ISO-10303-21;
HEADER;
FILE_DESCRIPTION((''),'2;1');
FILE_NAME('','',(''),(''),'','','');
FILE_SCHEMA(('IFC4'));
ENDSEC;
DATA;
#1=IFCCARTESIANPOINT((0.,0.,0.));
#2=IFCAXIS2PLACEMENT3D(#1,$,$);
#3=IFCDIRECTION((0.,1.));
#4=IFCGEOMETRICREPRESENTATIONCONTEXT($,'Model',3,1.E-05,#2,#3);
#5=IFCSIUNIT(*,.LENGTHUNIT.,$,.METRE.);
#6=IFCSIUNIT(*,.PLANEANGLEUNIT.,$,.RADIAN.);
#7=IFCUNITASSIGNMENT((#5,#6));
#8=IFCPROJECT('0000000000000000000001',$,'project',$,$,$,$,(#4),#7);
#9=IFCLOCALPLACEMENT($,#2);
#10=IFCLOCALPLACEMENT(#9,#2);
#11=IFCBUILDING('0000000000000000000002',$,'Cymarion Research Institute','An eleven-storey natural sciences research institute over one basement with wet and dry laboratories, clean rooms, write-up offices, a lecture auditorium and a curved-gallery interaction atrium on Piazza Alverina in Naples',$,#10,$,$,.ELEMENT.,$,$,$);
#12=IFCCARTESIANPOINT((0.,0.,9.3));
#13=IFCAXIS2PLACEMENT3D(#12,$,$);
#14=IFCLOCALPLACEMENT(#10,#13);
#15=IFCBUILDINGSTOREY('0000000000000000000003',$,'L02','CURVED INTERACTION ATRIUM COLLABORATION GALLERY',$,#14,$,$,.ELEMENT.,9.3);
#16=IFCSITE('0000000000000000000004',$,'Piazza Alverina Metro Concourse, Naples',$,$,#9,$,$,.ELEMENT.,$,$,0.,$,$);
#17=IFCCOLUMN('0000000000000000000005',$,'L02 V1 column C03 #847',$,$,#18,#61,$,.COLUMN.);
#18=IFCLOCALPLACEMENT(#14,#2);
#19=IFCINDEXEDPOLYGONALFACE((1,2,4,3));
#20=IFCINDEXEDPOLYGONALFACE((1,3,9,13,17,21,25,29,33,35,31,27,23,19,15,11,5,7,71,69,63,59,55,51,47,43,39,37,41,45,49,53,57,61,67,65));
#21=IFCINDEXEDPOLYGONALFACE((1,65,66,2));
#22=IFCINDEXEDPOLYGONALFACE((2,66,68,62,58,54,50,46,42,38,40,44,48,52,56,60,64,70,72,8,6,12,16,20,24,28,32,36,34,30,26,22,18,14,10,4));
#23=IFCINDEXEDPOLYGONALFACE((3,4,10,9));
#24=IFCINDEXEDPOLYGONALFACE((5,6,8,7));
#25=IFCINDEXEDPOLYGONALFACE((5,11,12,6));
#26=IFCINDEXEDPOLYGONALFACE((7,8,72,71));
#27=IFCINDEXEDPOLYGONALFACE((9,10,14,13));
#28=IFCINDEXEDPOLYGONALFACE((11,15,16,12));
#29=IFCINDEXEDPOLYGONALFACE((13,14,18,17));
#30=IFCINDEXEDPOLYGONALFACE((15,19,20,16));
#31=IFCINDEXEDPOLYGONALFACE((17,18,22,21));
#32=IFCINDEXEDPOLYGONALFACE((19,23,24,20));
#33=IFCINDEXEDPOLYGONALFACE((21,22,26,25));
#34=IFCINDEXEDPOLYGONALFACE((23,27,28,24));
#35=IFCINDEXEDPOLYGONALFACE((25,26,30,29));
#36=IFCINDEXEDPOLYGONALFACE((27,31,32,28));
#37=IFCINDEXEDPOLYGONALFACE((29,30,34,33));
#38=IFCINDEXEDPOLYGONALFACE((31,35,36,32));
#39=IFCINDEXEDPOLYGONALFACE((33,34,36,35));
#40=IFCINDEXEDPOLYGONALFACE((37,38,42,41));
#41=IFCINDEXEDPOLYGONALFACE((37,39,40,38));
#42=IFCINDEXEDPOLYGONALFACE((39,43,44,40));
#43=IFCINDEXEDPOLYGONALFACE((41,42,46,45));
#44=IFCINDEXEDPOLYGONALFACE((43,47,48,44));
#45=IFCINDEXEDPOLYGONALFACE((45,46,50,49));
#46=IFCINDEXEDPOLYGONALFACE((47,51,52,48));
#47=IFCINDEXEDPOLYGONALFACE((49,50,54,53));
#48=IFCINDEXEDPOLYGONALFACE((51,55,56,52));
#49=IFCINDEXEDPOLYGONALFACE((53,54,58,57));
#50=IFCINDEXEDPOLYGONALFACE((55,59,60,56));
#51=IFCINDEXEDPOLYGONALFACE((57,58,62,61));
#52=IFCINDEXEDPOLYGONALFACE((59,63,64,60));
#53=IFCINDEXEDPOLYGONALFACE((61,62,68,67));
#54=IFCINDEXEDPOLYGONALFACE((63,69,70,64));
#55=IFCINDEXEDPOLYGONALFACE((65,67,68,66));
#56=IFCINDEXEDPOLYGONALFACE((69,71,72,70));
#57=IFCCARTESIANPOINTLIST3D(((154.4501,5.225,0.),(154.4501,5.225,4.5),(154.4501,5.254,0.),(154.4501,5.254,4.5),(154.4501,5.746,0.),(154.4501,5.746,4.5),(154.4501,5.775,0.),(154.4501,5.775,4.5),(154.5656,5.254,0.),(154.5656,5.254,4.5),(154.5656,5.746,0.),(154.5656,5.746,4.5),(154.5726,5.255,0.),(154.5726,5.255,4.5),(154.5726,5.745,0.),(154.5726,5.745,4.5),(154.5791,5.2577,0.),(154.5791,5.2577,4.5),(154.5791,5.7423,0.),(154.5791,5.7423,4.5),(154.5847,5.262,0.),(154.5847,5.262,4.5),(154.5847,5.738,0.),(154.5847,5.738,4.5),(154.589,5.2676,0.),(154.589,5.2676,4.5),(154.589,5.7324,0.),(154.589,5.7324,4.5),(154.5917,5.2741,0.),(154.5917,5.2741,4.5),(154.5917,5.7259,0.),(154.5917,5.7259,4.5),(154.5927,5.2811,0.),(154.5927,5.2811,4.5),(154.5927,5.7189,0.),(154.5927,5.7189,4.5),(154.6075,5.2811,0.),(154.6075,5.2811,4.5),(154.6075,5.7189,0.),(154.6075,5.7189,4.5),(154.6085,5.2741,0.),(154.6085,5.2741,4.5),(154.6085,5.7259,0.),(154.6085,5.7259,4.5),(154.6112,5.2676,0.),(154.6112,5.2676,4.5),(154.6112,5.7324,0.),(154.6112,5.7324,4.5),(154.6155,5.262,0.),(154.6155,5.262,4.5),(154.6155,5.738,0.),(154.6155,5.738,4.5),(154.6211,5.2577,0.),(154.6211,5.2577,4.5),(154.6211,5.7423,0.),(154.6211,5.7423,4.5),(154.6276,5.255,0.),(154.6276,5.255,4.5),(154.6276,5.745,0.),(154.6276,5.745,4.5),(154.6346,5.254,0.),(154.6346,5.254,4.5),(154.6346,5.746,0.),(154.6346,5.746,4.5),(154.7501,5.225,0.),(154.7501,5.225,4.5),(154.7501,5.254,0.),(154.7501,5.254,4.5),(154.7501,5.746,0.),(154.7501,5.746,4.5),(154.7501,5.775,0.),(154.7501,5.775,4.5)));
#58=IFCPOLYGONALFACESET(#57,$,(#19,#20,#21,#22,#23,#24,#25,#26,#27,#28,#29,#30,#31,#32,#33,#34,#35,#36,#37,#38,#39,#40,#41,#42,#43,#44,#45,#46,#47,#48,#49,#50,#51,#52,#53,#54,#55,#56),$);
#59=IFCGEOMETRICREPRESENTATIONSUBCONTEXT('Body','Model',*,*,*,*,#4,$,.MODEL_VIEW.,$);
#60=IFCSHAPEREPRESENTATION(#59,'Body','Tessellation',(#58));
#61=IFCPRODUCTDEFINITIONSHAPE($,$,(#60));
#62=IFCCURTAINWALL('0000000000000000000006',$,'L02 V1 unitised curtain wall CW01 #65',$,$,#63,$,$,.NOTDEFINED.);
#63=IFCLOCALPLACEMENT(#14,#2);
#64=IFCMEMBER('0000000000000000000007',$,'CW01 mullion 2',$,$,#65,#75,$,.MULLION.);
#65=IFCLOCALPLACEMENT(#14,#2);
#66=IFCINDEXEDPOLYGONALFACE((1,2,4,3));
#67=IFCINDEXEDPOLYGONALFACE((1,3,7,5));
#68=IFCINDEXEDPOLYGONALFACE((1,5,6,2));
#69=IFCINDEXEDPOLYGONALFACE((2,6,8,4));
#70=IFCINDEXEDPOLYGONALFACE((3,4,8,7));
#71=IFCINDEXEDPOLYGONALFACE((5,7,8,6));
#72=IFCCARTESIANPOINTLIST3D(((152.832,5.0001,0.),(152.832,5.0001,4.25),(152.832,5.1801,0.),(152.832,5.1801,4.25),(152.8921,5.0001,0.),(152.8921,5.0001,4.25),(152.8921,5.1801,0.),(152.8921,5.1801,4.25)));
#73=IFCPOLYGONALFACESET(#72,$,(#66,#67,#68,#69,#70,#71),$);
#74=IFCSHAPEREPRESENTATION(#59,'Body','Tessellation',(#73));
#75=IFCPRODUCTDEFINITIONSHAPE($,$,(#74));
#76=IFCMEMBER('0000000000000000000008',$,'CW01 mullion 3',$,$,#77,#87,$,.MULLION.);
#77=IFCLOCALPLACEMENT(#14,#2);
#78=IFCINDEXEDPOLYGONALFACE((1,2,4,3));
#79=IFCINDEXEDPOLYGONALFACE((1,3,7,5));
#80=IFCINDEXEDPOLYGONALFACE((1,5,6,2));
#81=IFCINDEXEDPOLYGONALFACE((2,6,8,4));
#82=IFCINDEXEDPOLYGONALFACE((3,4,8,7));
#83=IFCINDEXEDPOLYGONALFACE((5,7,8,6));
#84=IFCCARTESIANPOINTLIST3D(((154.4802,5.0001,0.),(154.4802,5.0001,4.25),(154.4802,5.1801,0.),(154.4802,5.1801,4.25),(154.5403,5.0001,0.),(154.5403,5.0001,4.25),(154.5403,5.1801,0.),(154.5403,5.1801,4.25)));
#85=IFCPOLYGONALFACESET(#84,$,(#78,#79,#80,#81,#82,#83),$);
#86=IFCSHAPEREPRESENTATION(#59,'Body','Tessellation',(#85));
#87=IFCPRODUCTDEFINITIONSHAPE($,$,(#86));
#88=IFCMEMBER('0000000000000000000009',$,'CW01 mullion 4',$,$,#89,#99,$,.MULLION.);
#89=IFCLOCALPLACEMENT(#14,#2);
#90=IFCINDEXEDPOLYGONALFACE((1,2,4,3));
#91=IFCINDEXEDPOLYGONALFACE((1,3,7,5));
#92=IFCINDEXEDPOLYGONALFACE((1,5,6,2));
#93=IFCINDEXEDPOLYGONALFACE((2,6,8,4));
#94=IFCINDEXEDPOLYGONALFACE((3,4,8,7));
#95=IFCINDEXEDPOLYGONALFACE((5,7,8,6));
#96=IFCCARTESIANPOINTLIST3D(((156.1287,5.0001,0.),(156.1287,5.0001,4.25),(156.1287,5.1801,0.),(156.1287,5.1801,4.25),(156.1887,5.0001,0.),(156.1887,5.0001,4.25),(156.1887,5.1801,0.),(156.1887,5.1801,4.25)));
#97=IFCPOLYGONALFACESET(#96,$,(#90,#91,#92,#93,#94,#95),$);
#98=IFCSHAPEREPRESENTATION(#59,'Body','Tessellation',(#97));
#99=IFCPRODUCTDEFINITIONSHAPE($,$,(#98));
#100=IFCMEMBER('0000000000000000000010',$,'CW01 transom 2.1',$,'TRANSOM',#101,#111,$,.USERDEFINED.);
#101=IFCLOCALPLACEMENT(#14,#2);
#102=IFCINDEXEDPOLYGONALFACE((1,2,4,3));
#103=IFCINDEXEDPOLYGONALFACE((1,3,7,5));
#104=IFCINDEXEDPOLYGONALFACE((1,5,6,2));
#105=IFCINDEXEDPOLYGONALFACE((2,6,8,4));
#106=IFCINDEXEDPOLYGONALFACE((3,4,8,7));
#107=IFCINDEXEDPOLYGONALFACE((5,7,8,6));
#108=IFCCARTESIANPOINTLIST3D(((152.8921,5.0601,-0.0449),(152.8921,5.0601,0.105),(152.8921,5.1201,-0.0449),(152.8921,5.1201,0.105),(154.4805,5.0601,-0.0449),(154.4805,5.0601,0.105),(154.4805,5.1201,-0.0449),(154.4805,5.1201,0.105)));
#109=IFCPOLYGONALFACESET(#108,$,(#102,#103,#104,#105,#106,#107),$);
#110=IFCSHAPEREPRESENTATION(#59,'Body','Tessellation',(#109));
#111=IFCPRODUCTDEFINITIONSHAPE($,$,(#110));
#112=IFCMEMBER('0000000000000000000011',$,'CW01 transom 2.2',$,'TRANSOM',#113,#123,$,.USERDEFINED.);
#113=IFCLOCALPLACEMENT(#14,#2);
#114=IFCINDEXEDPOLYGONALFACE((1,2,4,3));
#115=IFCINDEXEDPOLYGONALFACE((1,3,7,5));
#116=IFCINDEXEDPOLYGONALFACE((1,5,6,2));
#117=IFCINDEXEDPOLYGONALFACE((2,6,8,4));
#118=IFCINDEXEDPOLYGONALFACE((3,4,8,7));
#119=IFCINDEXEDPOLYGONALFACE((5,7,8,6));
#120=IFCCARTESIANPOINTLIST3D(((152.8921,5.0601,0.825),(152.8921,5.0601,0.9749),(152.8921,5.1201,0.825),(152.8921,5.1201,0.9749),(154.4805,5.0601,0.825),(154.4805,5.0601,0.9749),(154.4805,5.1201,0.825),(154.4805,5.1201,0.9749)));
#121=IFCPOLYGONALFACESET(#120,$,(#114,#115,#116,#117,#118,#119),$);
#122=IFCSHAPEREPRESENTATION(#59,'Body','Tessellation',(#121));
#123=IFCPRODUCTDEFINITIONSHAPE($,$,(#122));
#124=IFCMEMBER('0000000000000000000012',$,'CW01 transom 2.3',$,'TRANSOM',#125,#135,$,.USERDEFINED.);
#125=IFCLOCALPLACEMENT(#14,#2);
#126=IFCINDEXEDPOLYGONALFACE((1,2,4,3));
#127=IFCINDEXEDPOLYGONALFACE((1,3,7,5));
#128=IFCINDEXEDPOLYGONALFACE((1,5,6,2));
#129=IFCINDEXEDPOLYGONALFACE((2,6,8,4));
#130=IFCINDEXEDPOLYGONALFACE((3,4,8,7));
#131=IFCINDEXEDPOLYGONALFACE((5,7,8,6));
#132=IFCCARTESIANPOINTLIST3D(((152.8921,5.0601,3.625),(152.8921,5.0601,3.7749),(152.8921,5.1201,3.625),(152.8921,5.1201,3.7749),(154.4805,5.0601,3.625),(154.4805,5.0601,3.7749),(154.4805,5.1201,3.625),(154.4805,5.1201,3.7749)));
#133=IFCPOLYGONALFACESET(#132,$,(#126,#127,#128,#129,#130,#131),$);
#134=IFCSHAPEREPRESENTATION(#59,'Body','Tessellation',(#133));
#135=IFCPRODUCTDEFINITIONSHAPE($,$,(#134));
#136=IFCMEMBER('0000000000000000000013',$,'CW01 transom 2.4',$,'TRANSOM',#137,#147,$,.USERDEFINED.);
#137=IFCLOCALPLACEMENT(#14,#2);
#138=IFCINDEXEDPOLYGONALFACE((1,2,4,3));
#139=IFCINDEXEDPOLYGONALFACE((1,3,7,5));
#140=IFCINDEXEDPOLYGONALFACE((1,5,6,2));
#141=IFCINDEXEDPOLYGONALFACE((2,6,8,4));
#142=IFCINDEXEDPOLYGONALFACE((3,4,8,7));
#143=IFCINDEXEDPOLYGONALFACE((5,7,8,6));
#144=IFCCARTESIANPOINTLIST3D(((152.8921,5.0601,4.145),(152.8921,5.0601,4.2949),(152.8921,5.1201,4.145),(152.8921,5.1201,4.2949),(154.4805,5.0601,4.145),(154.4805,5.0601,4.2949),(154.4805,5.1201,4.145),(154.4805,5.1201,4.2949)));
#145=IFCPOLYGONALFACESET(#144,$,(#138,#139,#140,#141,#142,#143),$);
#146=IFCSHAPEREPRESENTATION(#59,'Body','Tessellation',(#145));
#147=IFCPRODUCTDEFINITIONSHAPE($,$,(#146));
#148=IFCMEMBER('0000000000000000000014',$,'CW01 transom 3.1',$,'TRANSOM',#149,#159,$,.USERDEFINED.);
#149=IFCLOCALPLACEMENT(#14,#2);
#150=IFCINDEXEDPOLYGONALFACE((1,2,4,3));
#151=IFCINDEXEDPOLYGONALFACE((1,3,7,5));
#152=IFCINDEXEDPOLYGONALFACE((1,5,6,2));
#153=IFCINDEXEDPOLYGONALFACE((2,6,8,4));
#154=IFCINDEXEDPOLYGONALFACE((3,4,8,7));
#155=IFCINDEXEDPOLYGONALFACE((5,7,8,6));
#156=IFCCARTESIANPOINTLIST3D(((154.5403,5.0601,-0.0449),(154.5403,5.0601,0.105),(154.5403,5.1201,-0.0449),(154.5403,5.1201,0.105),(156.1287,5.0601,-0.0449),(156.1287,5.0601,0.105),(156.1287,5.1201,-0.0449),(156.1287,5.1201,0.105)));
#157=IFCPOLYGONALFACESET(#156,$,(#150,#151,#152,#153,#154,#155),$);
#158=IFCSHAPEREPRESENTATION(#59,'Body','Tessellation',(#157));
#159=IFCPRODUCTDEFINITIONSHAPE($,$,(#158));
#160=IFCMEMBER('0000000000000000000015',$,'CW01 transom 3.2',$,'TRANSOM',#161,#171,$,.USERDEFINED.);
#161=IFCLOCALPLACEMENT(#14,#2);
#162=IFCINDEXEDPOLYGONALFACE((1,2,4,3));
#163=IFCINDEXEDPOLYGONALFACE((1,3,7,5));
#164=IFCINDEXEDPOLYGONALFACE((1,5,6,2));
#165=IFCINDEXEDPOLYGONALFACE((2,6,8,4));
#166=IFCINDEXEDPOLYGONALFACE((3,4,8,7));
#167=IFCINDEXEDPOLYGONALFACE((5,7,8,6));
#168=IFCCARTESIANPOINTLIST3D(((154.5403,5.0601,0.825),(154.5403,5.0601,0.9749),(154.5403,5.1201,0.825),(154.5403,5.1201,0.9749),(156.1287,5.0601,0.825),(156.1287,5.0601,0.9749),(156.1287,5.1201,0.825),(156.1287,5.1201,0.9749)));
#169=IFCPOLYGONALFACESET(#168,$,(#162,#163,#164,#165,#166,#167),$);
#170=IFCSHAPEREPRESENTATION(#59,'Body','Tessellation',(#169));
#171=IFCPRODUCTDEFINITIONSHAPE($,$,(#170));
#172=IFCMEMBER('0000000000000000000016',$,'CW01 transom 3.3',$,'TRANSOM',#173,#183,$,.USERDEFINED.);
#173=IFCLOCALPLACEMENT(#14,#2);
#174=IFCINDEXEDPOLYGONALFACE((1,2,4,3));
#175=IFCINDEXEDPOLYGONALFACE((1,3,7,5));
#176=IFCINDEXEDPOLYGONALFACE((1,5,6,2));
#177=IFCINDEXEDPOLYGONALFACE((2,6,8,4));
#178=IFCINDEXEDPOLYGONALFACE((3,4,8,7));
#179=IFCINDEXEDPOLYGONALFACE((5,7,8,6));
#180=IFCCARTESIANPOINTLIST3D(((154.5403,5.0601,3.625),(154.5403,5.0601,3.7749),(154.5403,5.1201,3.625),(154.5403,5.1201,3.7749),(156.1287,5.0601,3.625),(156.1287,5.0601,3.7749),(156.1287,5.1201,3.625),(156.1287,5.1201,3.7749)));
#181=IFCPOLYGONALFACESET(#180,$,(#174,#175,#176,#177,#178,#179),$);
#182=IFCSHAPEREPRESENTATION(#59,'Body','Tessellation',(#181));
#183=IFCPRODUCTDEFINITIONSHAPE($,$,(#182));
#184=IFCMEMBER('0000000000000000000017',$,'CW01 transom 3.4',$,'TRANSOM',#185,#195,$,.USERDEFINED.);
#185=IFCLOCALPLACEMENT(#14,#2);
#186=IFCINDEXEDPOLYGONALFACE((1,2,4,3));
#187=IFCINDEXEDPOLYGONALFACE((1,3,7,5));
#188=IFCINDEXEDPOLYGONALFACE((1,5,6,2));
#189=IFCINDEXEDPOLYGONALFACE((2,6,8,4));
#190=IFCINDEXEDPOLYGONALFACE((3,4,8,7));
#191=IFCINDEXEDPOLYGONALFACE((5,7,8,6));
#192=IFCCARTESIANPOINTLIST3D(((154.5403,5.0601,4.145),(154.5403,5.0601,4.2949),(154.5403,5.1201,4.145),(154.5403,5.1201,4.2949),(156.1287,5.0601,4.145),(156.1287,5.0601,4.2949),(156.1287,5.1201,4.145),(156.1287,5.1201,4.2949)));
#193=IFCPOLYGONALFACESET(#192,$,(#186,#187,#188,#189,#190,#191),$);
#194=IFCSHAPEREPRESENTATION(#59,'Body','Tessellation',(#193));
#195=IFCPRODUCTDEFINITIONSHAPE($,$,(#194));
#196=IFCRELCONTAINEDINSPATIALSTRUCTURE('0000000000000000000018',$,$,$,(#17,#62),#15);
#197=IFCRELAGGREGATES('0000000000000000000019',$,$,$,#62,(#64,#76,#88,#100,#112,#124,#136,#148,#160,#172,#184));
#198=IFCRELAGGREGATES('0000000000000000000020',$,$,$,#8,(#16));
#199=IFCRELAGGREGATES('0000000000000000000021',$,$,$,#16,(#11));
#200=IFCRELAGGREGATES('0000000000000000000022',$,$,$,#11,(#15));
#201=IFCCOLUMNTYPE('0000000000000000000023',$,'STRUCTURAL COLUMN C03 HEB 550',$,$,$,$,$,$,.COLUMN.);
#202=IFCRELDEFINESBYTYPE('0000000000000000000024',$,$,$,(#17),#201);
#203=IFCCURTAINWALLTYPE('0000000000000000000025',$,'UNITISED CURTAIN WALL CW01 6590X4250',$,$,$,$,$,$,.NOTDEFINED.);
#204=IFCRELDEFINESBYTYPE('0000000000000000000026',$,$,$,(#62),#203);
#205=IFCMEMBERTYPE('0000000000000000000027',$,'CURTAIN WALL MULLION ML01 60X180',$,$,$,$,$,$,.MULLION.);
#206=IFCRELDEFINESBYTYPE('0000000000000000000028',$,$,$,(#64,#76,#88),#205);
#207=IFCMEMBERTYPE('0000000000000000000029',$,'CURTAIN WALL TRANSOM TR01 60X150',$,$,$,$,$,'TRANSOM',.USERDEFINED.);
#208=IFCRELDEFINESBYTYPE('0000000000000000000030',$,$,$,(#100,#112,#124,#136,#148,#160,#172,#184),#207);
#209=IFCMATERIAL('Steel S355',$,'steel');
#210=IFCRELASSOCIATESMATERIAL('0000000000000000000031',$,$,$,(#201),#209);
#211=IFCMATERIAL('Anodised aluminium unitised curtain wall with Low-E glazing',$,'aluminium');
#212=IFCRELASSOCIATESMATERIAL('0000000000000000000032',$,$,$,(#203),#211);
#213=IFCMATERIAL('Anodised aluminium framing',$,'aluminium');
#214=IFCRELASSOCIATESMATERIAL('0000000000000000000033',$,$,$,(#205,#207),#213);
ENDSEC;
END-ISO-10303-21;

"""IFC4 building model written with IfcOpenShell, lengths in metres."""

from ifc_helpers import new_model, si_unit, direction, frame, origin, origin_2d, place, context, subcontext, project, spatial, rectangle, i_section, extrude, material, material_profile, profile_set, type_object, element, aggregate, save


model = new_model("IFC4")

# Units and contexts
model_context = context("Model", 3, precision=1e-05, world=origin(), true_north=direction((0.0, 1.0)))
body_context = subcontext(model_context, "Body", "Model", "MODEL_VIEW")
ifc_project = project(units=[si_unit("LENGTHUNIT", "METRE"), si_unit("PLANEANGLEUNIT", "RADIAN")], contexts=[model_context])

# Site, building, storey
site_placement = place(None, origin())
site = spatial("IfcSite", under=ifc_project, at=site_placement, Name="Piazza Alverina Metro Concourse, Naples", CompositionType="ELEMENT", RefElevation=0.0)
building_placement = place(site_placement, origin())
building = spatial("IfcBuilding", under=site, at=building_placement, Name="Cymarion Research Institute", Description="An eleven-storey natural sciences research institute over one basement with wet and dry laboratories, clean rooms, write-up offices, a lecture auditorium and a curved-gallery interaction atrium on Piazza Alverina in Naples", CompositionType="ELEMENT")
storey_placement = place(building_placement, frame((0.0, 0.0, 9.3)))
storey = spatial("IfcBuildingStorey", under=building, at=storey_placement, Name="L02", Description="CURVED INTERACTION ATRIUM COLLABORATION GALLERY", CompositionType="ELEMENT", Elevation=9.3)

# Column
ifc_material_1 = material(Name="Steel S355", Category="steel")
ifc_material_profile_1 = material_profile(ifc_material_1, i_section(OverallWidth=0.3, OverallDepth=0.55, WebThickness=0.0149, FlangeThickness=0.0291, FilletRadius=0.0271, at=origin_2d()), Name="HEB 550")
ifc_profile_set_1 = profile_set([ifc_material_profile_1], Name="Steel S355")
column_type = type_object("IfcColumnType", Name="STRUCTURAL COLUMN C03 HEB 550", PredefinedType="COLUMN", material=ifc_profile_set_1)
column_placement = place(storey_placement, frame((154.6001, 5.5, 0.0), z_axis=(0.0, 0.0, 1.0), x_axis=(1.0, 0.0, 0.0)))
element("IfcColumn", 1, at=column_placement, inside=storey, type_object=column_type, Name="L02 V1 column C03 #847", PredefinedType="COLUMN", context=body_context, shape_type="SweptSolid", body=[
    extrude(i_section(OverallWidth=0.3, OverallDepth=0.55, WebThickness=0.0149, FlangeThickness=0.0291, FilletRadius=0.0271, at=origin_2d()), origin(), (0.0, 0.0, 1.0), 4.5),
])

# Curtain wall, members
ifc_material_2 = material(Name="Anodised aluminium unitised curtain wall with Low-E glazing", Category="aluminium")
curtain_wall_type = type_object("IfcCurtainWallType", Name="UNITISED CURTAIN WALL CW01 6590X4250", PredefinedType="NOTDEFINED", material=ifc_material_2)
curtain_wall_placement = place(storey_placement, origin())
curtain_wall = element("IfcCurtainWall", 2, at=curtain_wall_placement, inside=storey, type_object=curtain_wall_type, Name="L02 V1 unitised curtain wall CW01 #65", PredefinedType="NOTDEFINED")
ifc_material_3 = material(Name="Anodised aluminium framing", Category="aluminium")
ifc_material_profile_2 = material_profile(ifc_material_3, rectangle(XDim=0.0601, YDim=0.1799, at=origin_2d()), Name="ALU MULLION 60x180")
ifc_profile_set_2 = profile_set([ifc_material_profile_2], Name="Anodised aluminium framing")
member_type_1 = type_object("IfcMemberType", Name="CURTAIN WALL MULLION ML01 60X180", PredefinedType="MULLION", material=ifc_profile_set_2)
member_1_placement = place(storey_placement, frame((152.8621, 5.0901, 0.0), z_axis=(0.0, 0.0, 1.0), x_axis=(1.0, 0.0, 0.0)))
member_1 = element("IfcMember", 3, at=member_1_placement, type_object=member_type_1, Name="CW01 mullion 2", PredefinedType="MULLION", context=body_context, shape_type="SweptSolid", body=[
    extrude(rectangle(XDim=0.0601, YDim=0.1799, at=origin_2d()), origin(), (0.0, 0.0, 1.0), 4.25),
])
member_2_placement = place(storey_placement, frame((154.5103, 5.0901, 0.0), z_axis=(0.0, 0.0, 1.0), x_axis=(1.0, 0.0, 0.0)))
member_2 = element("IfcMember", 4, at=member_2_placement, type_object=member_type_1, Name="CW01 mullion 3", PredefinedType="MULLION", context=body_context, shape_type="SweptSolid", body=[
    extrude(rectangle(XDim=0.0601, YDim=0.1799, at=origin_2d()), origin(), (0.0, 0.0, 1.0), 4.25),
])
member_3_placement = place(storey_placement, frame((156.1587, 5.0901, 0.0), z_axis=(0.0, 0.0, 1.0), x_axis=(1.0, 0.0, 0.0)))
member_3 = element("IfcMember", 5, at=member_3_placement, type_object=member_type_1, Name="CW01 mullion 4", PredefinedType="MULLION", context=body_context, shape_type="SweptSolid", body=[
    extrude(rectangle(XDim=0.0601, YDim=0.1799, at=origin_2d()), origin(), (0.0, 0.0, 1.0), 4.25),
])
ifc_material_profile_3 = material_profile(ifc_material_3, rectangle(XDim=0.0601, YDim=0.1499, at=origin_2d()), Name="ALU TRANSOM 60x150")
ifc_profile_set_3 = profile_set([ifc_material_profile_3], Name="Anodised aluminium framing")
member_type_2 = type_object("IfcMemberType", Name="CURTAIN WALL TRANSOM TR01 60X150", ElementType="TRANSOM", PredefinedType="USERDEFINED", material=ifc_profile_set_3)
member_4_placement = place(storey_placement, frame((152.8921, 5.0901, 0.03), z_axis=(1.0, 0.0, 0.0), x_axis=(0.0, 1.0, 0.0)))
member_4 = element("IfcMember", 6, at=member_4_placement, type_object=member_type_2, Name="CW01 transom 2.1", ObjectType="TRANSOM", PredefinedType="USERDEFINED", context=body_context, shape_type="SweptSolid", body=[
    extrude(rectangle(XDim=0.0601, YDim=0.1499, at=origin_2d()), origin(), (0.0, 0.0, 1.0), 1.5884),
])
member_5_placement = place(storey_placement, frame((152.8921, 5.0901, 0.8999), z_axis=(1.0, 0.0, 0.0), x_axis=(0.0, 1.0, 0.0)))
member_5 = element("IfcMember", 7, at=member_5_placement, type_object=member_type_2, Name="CW01 transom 2.2", ObjectType="TRANSOM", PredefinedType="USERDEFINED", context=body_context, shape_type="SweptSolid", body=[
    extrude(rectangle(XDim=0.0601, YDim=0.1499, at=origin_2d()), origin(), (0.0, 0.0, 1.0), 1.5884),
])
member_6_placement = place(storey_placement, frame((152.8921, 5.0901, 3.7), z_axis=(1.0, 0.0, 0.0), x_axis=(0.0, 1.0, 0.0)))
member_6 = element("IfcMember", 8, at=member_6_placement, type_object=member_type_2, Name="CW01 transom 2.3", ObjectType="TRANSOM", PredefinedType="USERDEFINED", context=body_context, shape_type="SweptSolid", body=[
    extrude(rectangle(XDim=0.0601, YDim=0.1499, at=origin_2d()), origin(), (0.0, 0.0, 1.0), 1.5884),
])
member_7_placement = place(storey_placement, frame((152.8921, 5.0901, 4.22), z_axis=(1.0, 0.0, 0.0), x_axis=(0.0, 1.0, 0.0)))
member_7 = element("IfcMember", 9, at=member_7_placement, type_object=member_type_2, Name="CW01 transom 2.4", ObjectType="TRANSOM", PredefinedType="USERDEFINED", context=body_context, shape_type="SweptSolid", body=[
    extrude(rectangle(XDim=0.0601, YDim=0.1499, at=origin_2d()), origin(), (0.0, 0.0, 1.0), 1.5884),
])
member_8_placement = place(storey_placement, frame((154.5403, 5.0901, 0.03), z_axis=(1.0, 0.0, 0.0), x_axis=(0.0, 1.0, 0.0)))
member_8 = element("IfcMember", 10, at=member_8_placement, type_object=member_type_2, Name="CW01 transom 3.1", ObjectType="TRANSOM", PredefinedType="USERDEFINED", context=body_context, shape_type="SweptSolid", body=[
    extrude(rectangle(XDim=0.0601, YDim=0.1499, at=origin_2d()), origin(), (0.0, 0.0, 1.0), 1.5884),
])
member_9_placement = place(storey_placement, frame((154.5403, 5.0901, 0.8999), z_axis=(1.0, 0.0, 0.0), x_axis=(0.0, 1.0, 0.0)))
member_9 = element("IfcMember", 11, at=member_9_placement, type_object=member_type_2, Name="CW01 transom 3.2", ObjectType="TRANSOM", PredefinedType="USERDEFINED", context=body_context, shape_type="SweptSolid", body=[
    extrude(rectangle(XDim=0.0601, YDim=0.1499, at=origin_2d()), origin(), (0.0, 0.0, 1.0), 1.5884),
])
member_10_placement = place(storey_placement, frame((154.5403, 5.0901, 3.7), z_axis=(1.0, 0.0, 0.0), x_axis=(0.0, 1.0, 0.0)))
member_10 = element("IfcMember", 12, at=member_10_placement, type_object=member_type_2, Name="CW01 transom 3.3", ObjectType="TRANSOM", PredefinedType="USERDEFINED", context=body_context, shape_type="SweptSolid", body=[
    extrude(rectangle(XDim=0.0601, YDim=0.1499, at=origin_2d()), origin(), (0.0, 0.0, 1.0), 1.5884),
])
member_11_placement = place(storey_placement, frame((154.5403, 5.0901, 4.22), z_axis=(1.0, 0.0, 0.0), x_axis=(0.0, 1.0, 0.0)))
member_11 = element("IfcMember", 13, at=member_11_placement, type_object=member_type_2, Name="CW01 transom 3.4", ObjectType="TRANSOM", PredefinedType="USERDEFINED", context=body_context, shape_type="SweptSolid", body=[
    extrude(rectangle(XDim=0.0601, YDim=0.1499, at=origin_2d()), origin(), (0.0, 0.0, 1.0), 1.5884),
])

aggregate(curtain_wall, [member_1, member_2, member_3, member_4, member_5, member_6, member_7, member_8, member_9, member_10, member_11])

save(model, "model.ifc")
